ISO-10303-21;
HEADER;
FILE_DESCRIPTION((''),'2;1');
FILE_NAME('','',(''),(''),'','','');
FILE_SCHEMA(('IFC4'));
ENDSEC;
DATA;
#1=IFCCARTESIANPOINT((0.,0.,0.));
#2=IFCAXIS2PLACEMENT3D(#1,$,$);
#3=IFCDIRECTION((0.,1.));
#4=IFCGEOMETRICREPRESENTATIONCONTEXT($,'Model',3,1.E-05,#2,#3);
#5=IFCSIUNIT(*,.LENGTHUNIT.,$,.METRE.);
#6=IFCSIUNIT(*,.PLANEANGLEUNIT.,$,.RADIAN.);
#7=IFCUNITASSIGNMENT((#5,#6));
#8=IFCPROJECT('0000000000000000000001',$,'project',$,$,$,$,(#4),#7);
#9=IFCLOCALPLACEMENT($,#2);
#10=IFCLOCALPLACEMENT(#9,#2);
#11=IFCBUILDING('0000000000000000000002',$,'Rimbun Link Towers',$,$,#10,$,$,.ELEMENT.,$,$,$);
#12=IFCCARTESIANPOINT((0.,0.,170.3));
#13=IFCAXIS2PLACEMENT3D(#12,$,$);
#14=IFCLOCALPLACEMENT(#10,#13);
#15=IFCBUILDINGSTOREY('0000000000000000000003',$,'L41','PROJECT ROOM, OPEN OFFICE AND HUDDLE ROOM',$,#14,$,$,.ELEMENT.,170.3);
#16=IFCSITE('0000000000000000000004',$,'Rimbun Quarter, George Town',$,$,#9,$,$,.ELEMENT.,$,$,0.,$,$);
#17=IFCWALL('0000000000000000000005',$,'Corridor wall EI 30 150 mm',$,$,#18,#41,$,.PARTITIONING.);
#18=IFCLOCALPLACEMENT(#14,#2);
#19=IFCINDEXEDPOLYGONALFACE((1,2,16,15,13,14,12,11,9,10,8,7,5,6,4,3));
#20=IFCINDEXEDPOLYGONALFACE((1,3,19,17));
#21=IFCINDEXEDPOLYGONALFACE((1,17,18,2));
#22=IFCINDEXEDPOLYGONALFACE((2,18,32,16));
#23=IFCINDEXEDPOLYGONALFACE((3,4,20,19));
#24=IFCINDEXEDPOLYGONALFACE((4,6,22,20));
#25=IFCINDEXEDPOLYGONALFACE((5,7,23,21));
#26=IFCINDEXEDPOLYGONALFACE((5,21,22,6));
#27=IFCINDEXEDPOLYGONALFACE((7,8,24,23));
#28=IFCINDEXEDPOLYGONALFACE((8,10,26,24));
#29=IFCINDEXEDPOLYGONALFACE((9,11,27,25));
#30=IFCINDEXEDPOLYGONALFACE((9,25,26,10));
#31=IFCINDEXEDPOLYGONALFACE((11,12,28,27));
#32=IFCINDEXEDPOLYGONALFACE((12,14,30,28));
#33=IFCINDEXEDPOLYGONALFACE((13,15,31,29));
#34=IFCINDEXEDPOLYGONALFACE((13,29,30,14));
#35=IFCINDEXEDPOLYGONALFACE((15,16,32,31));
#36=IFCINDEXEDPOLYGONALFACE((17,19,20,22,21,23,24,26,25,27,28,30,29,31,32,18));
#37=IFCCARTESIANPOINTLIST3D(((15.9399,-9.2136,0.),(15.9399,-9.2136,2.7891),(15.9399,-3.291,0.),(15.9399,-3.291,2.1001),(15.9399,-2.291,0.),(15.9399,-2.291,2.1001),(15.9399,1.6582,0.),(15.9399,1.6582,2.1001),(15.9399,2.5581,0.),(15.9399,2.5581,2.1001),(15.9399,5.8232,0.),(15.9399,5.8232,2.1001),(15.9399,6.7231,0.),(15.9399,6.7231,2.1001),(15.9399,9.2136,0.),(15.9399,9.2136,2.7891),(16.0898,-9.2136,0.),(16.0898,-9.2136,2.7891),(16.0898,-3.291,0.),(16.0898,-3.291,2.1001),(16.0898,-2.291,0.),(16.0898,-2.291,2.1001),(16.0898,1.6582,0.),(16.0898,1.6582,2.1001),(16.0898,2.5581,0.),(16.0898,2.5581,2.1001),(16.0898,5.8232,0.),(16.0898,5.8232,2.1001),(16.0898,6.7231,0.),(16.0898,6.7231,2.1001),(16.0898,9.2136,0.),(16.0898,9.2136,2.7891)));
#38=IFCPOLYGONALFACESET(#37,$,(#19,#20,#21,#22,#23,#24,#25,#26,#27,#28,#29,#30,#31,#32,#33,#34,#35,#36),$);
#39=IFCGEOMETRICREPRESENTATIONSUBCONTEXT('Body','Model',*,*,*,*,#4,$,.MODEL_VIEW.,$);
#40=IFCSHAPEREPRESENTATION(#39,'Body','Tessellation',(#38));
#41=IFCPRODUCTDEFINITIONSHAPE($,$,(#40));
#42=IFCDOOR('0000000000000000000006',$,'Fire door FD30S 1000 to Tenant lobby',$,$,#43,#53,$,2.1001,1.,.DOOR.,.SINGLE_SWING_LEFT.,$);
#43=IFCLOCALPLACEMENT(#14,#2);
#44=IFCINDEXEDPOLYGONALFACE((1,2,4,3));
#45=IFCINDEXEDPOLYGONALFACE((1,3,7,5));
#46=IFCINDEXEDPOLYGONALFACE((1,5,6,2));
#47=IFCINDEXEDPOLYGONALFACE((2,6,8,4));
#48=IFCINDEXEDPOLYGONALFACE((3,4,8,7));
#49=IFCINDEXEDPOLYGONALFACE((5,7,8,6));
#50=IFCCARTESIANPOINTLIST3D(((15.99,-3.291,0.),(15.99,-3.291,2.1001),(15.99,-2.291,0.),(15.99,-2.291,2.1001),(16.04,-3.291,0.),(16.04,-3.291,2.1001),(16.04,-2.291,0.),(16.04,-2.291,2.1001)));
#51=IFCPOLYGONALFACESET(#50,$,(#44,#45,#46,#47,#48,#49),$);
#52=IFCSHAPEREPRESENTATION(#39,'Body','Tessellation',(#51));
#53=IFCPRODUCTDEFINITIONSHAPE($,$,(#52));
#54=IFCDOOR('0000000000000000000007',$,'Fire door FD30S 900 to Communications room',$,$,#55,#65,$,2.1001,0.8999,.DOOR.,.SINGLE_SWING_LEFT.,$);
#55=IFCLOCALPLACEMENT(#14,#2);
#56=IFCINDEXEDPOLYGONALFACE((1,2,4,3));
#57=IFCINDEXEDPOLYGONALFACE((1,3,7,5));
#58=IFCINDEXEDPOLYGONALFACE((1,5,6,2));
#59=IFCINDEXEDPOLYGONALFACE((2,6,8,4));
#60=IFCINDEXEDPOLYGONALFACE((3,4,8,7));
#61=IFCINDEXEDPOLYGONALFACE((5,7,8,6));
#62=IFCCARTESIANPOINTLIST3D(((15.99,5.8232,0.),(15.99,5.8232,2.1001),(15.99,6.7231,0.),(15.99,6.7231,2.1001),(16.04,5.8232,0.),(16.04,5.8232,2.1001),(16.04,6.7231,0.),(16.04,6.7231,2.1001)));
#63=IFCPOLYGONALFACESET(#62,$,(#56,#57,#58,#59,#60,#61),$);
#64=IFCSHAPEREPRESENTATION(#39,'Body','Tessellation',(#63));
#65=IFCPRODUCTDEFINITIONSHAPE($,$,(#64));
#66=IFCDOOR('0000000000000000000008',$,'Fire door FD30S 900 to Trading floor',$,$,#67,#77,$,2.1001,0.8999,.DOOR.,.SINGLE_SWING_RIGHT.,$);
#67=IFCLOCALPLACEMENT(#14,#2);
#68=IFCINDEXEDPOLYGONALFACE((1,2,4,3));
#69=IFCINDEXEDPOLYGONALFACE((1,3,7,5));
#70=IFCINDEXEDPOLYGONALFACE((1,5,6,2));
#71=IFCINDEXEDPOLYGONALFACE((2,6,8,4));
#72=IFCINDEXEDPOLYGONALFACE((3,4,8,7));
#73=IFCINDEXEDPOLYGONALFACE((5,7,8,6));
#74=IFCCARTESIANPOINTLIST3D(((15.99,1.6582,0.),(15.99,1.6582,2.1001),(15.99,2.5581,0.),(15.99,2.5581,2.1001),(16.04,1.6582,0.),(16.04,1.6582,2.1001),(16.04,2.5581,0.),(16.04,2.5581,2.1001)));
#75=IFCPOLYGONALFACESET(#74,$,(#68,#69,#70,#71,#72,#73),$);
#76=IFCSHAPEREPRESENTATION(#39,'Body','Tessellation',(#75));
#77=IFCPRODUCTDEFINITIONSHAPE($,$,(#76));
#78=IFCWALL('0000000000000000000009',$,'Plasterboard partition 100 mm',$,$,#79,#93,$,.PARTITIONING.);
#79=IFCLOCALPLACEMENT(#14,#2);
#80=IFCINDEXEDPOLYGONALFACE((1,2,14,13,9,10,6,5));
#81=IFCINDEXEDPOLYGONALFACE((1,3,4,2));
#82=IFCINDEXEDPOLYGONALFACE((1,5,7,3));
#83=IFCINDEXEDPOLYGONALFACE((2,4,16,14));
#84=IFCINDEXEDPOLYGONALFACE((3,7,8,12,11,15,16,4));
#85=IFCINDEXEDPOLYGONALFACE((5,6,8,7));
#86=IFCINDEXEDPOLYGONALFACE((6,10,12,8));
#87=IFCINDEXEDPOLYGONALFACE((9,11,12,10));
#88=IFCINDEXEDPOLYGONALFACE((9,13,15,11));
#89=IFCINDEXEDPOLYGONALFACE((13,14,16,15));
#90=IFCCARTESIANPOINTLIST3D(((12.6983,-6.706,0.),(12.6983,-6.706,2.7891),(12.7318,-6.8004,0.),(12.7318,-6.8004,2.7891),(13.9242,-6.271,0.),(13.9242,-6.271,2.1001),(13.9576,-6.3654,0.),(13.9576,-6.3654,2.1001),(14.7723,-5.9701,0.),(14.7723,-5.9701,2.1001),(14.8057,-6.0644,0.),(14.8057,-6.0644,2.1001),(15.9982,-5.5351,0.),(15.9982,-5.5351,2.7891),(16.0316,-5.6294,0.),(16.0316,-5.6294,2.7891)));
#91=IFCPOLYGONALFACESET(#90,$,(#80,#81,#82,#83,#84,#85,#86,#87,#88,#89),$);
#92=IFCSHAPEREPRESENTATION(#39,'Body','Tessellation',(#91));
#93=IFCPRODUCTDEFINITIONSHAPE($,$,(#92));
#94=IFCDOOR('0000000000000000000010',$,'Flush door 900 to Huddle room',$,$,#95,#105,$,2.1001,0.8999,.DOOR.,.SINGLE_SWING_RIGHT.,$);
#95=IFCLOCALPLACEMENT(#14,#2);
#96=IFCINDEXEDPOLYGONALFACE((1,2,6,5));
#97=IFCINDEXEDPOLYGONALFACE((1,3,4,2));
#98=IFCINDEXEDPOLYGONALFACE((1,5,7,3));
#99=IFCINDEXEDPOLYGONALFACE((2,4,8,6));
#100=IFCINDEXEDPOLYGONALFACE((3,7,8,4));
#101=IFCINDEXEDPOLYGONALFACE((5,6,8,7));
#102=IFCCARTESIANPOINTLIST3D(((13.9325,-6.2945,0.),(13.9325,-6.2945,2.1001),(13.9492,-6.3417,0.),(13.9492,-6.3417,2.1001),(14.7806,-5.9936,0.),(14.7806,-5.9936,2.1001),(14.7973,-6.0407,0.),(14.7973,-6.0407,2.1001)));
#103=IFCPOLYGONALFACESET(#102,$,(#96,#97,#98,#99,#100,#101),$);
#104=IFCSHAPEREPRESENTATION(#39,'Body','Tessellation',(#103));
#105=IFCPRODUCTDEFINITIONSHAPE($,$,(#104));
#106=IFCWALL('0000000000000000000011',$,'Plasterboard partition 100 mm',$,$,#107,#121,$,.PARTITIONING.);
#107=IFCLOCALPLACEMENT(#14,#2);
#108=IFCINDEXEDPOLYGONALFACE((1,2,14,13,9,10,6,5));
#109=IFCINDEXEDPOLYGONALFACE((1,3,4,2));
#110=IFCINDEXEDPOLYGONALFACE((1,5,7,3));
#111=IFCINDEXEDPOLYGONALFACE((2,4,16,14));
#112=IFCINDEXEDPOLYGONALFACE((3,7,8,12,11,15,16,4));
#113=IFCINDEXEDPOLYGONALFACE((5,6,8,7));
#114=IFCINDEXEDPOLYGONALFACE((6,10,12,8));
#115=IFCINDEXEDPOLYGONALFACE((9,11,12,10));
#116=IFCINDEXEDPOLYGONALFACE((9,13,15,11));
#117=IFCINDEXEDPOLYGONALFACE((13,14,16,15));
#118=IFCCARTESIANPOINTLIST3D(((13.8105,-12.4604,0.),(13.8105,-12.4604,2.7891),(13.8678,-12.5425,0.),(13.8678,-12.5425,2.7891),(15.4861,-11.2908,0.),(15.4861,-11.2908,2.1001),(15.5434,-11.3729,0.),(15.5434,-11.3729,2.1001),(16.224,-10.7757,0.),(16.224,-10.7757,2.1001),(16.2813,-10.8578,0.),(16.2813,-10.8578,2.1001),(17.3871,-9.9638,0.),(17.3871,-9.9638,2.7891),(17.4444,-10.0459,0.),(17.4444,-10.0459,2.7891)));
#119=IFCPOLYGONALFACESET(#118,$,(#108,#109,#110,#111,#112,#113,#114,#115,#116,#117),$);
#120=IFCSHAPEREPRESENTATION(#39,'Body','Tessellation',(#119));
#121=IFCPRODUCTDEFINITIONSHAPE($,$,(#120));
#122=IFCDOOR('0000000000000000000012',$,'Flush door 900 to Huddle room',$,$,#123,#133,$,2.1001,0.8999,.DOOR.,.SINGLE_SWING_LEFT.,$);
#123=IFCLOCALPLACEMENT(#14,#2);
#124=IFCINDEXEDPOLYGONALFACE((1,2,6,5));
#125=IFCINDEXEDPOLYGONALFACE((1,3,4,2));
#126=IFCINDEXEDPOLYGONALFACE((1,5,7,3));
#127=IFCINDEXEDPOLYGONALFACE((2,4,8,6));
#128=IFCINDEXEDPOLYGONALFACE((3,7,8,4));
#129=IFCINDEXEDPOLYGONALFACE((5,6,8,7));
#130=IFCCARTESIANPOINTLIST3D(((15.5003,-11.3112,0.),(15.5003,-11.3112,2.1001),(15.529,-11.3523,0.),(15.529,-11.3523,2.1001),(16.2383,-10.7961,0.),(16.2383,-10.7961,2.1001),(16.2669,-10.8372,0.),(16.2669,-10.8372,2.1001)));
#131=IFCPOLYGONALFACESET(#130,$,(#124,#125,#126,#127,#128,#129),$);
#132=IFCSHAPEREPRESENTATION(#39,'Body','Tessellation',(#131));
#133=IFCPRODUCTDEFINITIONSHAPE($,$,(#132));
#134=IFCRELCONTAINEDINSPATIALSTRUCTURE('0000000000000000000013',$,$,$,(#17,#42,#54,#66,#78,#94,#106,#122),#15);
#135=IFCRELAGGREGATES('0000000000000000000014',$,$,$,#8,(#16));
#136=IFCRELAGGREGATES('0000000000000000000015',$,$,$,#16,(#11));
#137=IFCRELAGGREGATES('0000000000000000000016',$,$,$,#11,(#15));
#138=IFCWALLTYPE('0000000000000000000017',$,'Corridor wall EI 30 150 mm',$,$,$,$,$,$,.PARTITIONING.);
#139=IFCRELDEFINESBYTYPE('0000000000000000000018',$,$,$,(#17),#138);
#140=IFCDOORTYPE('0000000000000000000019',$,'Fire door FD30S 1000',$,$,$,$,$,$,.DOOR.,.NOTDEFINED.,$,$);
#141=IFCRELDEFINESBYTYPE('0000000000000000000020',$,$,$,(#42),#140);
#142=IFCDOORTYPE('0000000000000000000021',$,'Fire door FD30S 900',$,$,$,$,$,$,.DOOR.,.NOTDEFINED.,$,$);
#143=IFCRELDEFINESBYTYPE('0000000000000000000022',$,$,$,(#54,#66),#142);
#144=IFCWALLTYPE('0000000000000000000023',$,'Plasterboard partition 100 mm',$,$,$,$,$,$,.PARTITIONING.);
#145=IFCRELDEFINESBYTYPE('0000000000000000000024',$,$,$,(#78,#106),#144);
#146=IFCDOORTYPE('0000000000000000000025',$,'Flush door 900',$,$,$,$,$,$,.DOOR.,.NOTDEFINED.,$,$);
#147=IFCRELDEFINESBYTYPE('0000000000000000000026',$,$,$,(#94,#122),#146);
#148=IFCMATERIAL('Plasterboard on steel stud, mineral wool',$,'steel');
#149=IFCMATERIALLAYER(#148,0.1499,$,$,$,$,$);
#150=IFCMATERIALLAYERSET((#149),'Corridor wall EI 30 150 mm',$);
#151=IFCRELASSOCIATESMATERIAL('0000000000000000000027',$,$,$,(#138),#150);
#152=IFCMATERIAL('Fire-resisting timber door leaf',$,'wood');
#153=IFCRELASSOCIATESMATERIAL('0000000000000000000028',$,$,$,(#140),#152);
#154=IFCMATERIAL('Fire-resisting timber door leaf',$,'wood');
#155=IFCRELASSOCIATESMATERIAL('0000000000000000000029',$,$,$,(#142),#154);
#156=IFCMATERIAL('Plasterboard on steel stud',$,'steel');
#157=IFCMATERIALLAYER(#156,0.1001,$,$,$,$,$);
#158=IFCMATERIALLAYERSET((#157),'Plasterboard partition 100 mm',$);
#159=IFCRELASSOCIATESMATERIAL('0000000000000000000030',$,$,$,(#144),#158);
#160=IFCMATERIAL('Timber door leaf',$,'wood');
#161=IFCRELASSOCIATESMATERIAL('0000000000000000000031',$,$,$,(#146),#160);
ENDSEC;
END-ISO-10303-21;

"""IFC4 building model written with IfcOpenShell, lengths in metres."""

from ifc_helpers import new_model, si_unit, direction, frame, frame_2d, origin, place, context, subcontext, project, spatial, rectangle, extrude, material, layer, layer_set, type_object, element, fill, save


model = new_model("IFC4")

# Units and contexts
model_context = context("Model", 3, precision=1e-05, world=origin(), true_north=direction((0.0, 1.0)))
body_context = subcontext(model_context, "Body", "Model", "MODEL_VIEW")
ifc_project = project(units=[si_unit("LENGTHUNIT", "METRE"), si_unit("PLANEANGLEUNIT", "RADIAN")], contexts=[model_context])

# Site, building, storey
site_placement = place(None, origin())
site = spatial("IfcSite", under=ifc_project, at=site_placement, Name="Rimbun Quarter, George Town", CompositionType="ELEMENT", RefElevation=0.0)
building_placement = place(site_placement, origin())
building = spatial("IfcBuilding", under=site, at=building_placement, Name="Rimbun Link Towers", CompositionType="ELEMENT")
storey_placement = place(building_placement, frame((0.0, 0.0, 170.3)))
storey = spatial("IfcBuildingStorey", under=building, at=storey_placement, Name="L41", Description="PROJECT ROOM, OPEN OFFICE AND HUDDLE ROOM", CompositionType="ELEMENT", Elevation=170.3)

# Shared definitions
ifc_material_1 = material(Name="Plasterboard on steel stud, mineral wool", Category="steel")
ifc_layer_1 = layer(ifc_material_1, 0.1499)
ifc_layer_set_1 = layer_set([ifc_layer_1], Name="Corridor wall EI 30 150 mm")
wall_type_1 = type_object("IfcWallType", Name="Corridor wall EI 30 150 mm", PredefinedType="PARTITIONING", material=ifc_layer_set_1)

# Wall, openings, doors
wall_1_placement = place(storey_placement, frame((16.0149, -9.2136, 0.0), z_axis=(0.0, 0.0, 1.0), x_axis=(0.0, 1.0, 0.0)))
wall_1 = element("IfcWall", 1, at=wall_1_placement, inside=storey, type_object=wall_type_1, Name="Corridor wall EI 30 150 mm", PredefinedType="PARTITIONING", context=body_context, shape_type="SweptSolid", body=[
    extrude(rectangle(XDim=18.4272, YDim=0.1499, at=frame_2d((9.2136, 0.0))), origin(), (0.0, 0.0, 1.0), 2.7891),
])
opening_1_placement = place(wall_1_placement, frame((15.0369, 0.0, 0.0)))
opening_1 = element("IfcOpeningElement", 2, at=opening_1_placement, cuts=wall_1, PredefinedType="OPENING", context=body_context, shape_type="SweptSolid", body=[
    extrude(rectangle(XDim=0.8999, YDim=2.1001, at=frame_2d((0.45, 1.05))), frame((0.0, 0.085, 0.0), z_axis=(0.0, -1.0, 0.0), x_axis=(1.0, 0.0, 0.0)), (0.0, 0.0, 1.0), 0.1699),
])
opening_2_placement = place(wall_1_placement, frame((10.8718, 0.0, 0.0)))
opening_2 = element("IfcOpeningElement", 3, at=opening_2_placement, cuts=wall_1, PredefinedType="OPENING", context=body_context, shape_type="SweptSolid", body=[
    extrude(rectangle(XDim=0.8999, YDim=2.1001, at=frame_2d((0.45, 1.05))), frame((0.0, 0.085, 0.0), z_axis=(0.0, -1.0, 0.0), x_axis=(1.0, 0.0, 0.0)), (0.0, 0.0, 1.0), 0.1699),
])
opening_3_placement = place(wall_1_placement, frame((5.9226, 0.0, 0.0)))
opening_3 = element("IfcOpeningElement", 4, at=opening_3_placement, cuts=wall_1, PredefinedType="OPENING", context=body_context, shape_type="SweptSolid", body=[
    extrude(rectangle(XDim=1.0, YDim=2.1001, at=frame_2d((0.5, 1.05))), frame((0.0, 0.085, 0.0), z_axis=(0.0, -1.0, 0.0), x_axis=(1.0, 0.0, 0.0)), (0.0, 0.0, 1.0), 0.1699),
])
ifc_material_2 = material(Name="Fire-resisting timber door leaf", Category="wood")
door_type_1 = type_object("IfcDoorType", Name="Fire door FD30S 1000", OperationType="NOTDEFINED", PredefinedType="DOOR", material=ifc_material_2)
door_1_placement = place(opening_3_placement, origin())
door_1 = element("IfcDoor", 5, at=door_1_placement, inside=storey, type_object=door_type_1, Name="Fire door FD30S 1000 to Tenant lobby", OperationType="SINGLE_SWING_LEFT", OverallHeight=2.1001, OverallWidth=1.0, PredefinedType="DOOR", context=body_context, shape_type="SweptSolid", body=[
    extrude(rectangle(XDim=1.0, YDim=2.1001, at=frame_2d((0.5, 1.05))), frame((0.0, 0.0249, 0.0), z_axis=(0.0, -1.0, 0.0), x_axis=(1.0, 0.0, 0.0)), (0.0, 0.0, 1.0), 0.05),
])
fill(opening_3, door_1)
ifc_material_3 = material(Name="Fire-resisting timber door leaf", Category="wood")
door_type_2 = type_object("IfcDoorType", Name="Fire door FD30S 900", OperationType="NOTDEFINED", PredefinedType="DOOR", material=ifc_material_3)
door_2_placement = place(opening_1_placement, origin())
door_2 = element("IfcDoor", 6, at=door_2_placement, inside=storey, type_object=door_type_2, Name="Fire door FD30S 900 to Communications room", OperationType="SINGLE_SWING_LEFT", OverallHeight=2.1001, OverallWidth=0.8999, PredefinedType="DOOR", context=body_context, shape_type="SweptSolid", body=[
    extrude(rectangle(XDim=0.8999, YDim=2.1001, at=frame_2d((0.45, 1.05))), frame((0.0, 0.0249, 0.0), z_axis=(0.0, -1.0, 0.0), x_axis=(1.0, 0.0, 0.0)), (0.0, 0.0, 1.0), 0.05),
])
fill(opening_1, door_2)
door_3_placement = place(opening_2_placement, origin())
door_3 = element("IfcDoor", 7, at=door_3_placement, inside=storey, type_object=door_type_2, Name="Fire door FD30S 900 to Trading floor", OperationType="SINGLE_SWING_RIGHT", OverallHeight=2.1001, OverallWidth=0.8999, PredefinedType="DOOR", context=body_context, shape_type="SweptSolid", body=[
    extrude(rectangle(XDim=0.8999, YDim=2.1001, at=frame_2d((0.45, 1.05))), frame((0.0, 0.0249, 0.0), z_axis=(0.0, -1.0, 0.0), x_axis=(1.0, 0.0, 0.0)), (0.0, 0.0, 1.0), 0.05),
])
fill(opening_2, door_3)

# Walls, openings, doors
ifc_material_4 = material(Name="Plasterboard on steel stud", Category="steel")
ifc_layer_2 = layer(ifc_material_4, 0.1001)
ifc_layer_set_2 = layer_set([ifc_layer_2], Name="Plasterboard partition 100 mm")
wall_type_2 = type_object("IfcWallType", Name="Plasterboard partition 100 mm", PredefinedType="PARTITIONING", material=ifc_layer_set_2)
wall_2_placement = place(storey_placement, frame((16.0149, -5.5823, 0.0), z_axis=(0.0, 0.0, 1.0), x_axis=(-0.942428, -0.33441, 0.0)))
wall_2 = element("IfcWall", 8, at=wall_2_placement, inside=storey, type_object=wall_type_2, Name="Plasterboard partition 100 mm", PredefinedType="PARTITIONING", context=body_context, shape_type="SweptSolid", body=[
    extrude(rectangle(XDim=3.5015, YDim=0.1001, at=frame_2d((1.7507, 0.0))), origin(), (0.0, 0.0, 1.0), 2.7891),
])
opening_4_placement = place(wall_2_placement, frame((1.3008, 0.0, 0.0)))
opening_4 = element("IfcOpeningElement", 9, at=opening_4_placement, cuts=wall_2, PredefinedType="OPENING", context=body_context, shape_type="SweptSolid", body=[
    extrude(rectangle(XDim=0.8999, YDim=2.1001, at=frame_2d((0.45, 1.05))), frame((0.0, 0.0601, 0.0), z_axis=(0.0, -1.0, 0.0), x_axis=(1.0, 0.0, 0.0)), (0.0, 0.0, 1.0), 0.1201),
])
ifc_material_5 = material(Name="Timber door leaf", Category="wood")
door_type_3 = type_object("IfcDoorType", Name="Flush door 900", OperationType="NOTDEFINED", PredefinedType="DOOR", material=ifc_material_5)
door_4_placement = place(opening_4_placement, origin())
door_4 = element("IfcDoor", 10, at=door_4_placement, inside=storey, type_object=door_type_3, Name="Flush door 900 to Huddle room", OperationType="SINGLE_SWING_RIGHT", OverallHeight=2.1001, OverallWidth=0.8999, PredefinedType="DOOR", context=body_context, shape_type="SweptSolid", body=[
    extrude(rectangle(XDim=0.8999, YDim=2.1001, at=frame_2d((0.45, 1.05))), frame((0.0, 0.0249, 0.0), z_axis=(0.0, -1.0, 0.0), x_axis=(1.0, 0.0, 0.0)), (0.0, 0.0, 1.0), 0.05),
])
fill(opening_4, door_4)
wall_3_placement = place(storey_placement, frame((17.4158, -10.0049, 0.0), z_axis=(0.0, 0.0, 1.0), x_axis=(-0.819994, -0.572372, 0.0)))
wall_3 = element("IfcWall", 11, at=wall_3_placement, inside=storey, type_object=wall_type_2, Name="Plasterboard partition 100 mm", PredefinedType="PARTITIONING", context=body_context, shape_type="SweptSolid", body=[
    extrude(rectangle(XDim=4.3618, YDim=0.1001, at=frame_2d((2.1809, 0.0))), origin(), (0.0, 0.0, 1.0), 2.7891),
])
opening_5_placement = place(wall_3_placement, frame((1.4185, 0.0, 0.0)))
opening_5 = element("IfcOpeningElement", 12, at=opening_5_placement, cuts=wall_3, PredefinedType="OPENING", context=body_context, shape_type="SweptSolid", body=[
    extrude(rectangle(XDim=0.8999, YDim=2.1001, at=frame_2d((0.45, 1.05))), frame((0.0, 0.0601, 0.0), z_axis=(0.0, -1.0, 0.0), x_axis=(1.0, 0.0, 0.0)), (0.0, 0.0, 1.0), 0.1201),
])
door_5_placement = place(opening_5_placement, origin())
door_5 = element("IfcDoor", 13, at=door_5_placement, inside=storey, type_object=door_type_3, Name="Flush door 900 to Huddle room", OperationType="SINGLE_SWING_LEFT", OverallHeight=2.1001, OverallWidth=0.8999, PredefinedType="DOOR", context=body_context, shape_type="SweptSolid", body=[
    extrude(rectangle(XDim=0.8999, YDim=2.1001, at=frame_2d((0.45, 1.05))), frame((0.0, 0.0249, 0.0), z_axis=(0.0, -1.0, 0.0), x_axis=(1.0, 0.0, 0.0)), (0.0, 0.0, 1.0), 0.05),
])
fill(opening_5, door_5)

save(model, "model.ifc")
